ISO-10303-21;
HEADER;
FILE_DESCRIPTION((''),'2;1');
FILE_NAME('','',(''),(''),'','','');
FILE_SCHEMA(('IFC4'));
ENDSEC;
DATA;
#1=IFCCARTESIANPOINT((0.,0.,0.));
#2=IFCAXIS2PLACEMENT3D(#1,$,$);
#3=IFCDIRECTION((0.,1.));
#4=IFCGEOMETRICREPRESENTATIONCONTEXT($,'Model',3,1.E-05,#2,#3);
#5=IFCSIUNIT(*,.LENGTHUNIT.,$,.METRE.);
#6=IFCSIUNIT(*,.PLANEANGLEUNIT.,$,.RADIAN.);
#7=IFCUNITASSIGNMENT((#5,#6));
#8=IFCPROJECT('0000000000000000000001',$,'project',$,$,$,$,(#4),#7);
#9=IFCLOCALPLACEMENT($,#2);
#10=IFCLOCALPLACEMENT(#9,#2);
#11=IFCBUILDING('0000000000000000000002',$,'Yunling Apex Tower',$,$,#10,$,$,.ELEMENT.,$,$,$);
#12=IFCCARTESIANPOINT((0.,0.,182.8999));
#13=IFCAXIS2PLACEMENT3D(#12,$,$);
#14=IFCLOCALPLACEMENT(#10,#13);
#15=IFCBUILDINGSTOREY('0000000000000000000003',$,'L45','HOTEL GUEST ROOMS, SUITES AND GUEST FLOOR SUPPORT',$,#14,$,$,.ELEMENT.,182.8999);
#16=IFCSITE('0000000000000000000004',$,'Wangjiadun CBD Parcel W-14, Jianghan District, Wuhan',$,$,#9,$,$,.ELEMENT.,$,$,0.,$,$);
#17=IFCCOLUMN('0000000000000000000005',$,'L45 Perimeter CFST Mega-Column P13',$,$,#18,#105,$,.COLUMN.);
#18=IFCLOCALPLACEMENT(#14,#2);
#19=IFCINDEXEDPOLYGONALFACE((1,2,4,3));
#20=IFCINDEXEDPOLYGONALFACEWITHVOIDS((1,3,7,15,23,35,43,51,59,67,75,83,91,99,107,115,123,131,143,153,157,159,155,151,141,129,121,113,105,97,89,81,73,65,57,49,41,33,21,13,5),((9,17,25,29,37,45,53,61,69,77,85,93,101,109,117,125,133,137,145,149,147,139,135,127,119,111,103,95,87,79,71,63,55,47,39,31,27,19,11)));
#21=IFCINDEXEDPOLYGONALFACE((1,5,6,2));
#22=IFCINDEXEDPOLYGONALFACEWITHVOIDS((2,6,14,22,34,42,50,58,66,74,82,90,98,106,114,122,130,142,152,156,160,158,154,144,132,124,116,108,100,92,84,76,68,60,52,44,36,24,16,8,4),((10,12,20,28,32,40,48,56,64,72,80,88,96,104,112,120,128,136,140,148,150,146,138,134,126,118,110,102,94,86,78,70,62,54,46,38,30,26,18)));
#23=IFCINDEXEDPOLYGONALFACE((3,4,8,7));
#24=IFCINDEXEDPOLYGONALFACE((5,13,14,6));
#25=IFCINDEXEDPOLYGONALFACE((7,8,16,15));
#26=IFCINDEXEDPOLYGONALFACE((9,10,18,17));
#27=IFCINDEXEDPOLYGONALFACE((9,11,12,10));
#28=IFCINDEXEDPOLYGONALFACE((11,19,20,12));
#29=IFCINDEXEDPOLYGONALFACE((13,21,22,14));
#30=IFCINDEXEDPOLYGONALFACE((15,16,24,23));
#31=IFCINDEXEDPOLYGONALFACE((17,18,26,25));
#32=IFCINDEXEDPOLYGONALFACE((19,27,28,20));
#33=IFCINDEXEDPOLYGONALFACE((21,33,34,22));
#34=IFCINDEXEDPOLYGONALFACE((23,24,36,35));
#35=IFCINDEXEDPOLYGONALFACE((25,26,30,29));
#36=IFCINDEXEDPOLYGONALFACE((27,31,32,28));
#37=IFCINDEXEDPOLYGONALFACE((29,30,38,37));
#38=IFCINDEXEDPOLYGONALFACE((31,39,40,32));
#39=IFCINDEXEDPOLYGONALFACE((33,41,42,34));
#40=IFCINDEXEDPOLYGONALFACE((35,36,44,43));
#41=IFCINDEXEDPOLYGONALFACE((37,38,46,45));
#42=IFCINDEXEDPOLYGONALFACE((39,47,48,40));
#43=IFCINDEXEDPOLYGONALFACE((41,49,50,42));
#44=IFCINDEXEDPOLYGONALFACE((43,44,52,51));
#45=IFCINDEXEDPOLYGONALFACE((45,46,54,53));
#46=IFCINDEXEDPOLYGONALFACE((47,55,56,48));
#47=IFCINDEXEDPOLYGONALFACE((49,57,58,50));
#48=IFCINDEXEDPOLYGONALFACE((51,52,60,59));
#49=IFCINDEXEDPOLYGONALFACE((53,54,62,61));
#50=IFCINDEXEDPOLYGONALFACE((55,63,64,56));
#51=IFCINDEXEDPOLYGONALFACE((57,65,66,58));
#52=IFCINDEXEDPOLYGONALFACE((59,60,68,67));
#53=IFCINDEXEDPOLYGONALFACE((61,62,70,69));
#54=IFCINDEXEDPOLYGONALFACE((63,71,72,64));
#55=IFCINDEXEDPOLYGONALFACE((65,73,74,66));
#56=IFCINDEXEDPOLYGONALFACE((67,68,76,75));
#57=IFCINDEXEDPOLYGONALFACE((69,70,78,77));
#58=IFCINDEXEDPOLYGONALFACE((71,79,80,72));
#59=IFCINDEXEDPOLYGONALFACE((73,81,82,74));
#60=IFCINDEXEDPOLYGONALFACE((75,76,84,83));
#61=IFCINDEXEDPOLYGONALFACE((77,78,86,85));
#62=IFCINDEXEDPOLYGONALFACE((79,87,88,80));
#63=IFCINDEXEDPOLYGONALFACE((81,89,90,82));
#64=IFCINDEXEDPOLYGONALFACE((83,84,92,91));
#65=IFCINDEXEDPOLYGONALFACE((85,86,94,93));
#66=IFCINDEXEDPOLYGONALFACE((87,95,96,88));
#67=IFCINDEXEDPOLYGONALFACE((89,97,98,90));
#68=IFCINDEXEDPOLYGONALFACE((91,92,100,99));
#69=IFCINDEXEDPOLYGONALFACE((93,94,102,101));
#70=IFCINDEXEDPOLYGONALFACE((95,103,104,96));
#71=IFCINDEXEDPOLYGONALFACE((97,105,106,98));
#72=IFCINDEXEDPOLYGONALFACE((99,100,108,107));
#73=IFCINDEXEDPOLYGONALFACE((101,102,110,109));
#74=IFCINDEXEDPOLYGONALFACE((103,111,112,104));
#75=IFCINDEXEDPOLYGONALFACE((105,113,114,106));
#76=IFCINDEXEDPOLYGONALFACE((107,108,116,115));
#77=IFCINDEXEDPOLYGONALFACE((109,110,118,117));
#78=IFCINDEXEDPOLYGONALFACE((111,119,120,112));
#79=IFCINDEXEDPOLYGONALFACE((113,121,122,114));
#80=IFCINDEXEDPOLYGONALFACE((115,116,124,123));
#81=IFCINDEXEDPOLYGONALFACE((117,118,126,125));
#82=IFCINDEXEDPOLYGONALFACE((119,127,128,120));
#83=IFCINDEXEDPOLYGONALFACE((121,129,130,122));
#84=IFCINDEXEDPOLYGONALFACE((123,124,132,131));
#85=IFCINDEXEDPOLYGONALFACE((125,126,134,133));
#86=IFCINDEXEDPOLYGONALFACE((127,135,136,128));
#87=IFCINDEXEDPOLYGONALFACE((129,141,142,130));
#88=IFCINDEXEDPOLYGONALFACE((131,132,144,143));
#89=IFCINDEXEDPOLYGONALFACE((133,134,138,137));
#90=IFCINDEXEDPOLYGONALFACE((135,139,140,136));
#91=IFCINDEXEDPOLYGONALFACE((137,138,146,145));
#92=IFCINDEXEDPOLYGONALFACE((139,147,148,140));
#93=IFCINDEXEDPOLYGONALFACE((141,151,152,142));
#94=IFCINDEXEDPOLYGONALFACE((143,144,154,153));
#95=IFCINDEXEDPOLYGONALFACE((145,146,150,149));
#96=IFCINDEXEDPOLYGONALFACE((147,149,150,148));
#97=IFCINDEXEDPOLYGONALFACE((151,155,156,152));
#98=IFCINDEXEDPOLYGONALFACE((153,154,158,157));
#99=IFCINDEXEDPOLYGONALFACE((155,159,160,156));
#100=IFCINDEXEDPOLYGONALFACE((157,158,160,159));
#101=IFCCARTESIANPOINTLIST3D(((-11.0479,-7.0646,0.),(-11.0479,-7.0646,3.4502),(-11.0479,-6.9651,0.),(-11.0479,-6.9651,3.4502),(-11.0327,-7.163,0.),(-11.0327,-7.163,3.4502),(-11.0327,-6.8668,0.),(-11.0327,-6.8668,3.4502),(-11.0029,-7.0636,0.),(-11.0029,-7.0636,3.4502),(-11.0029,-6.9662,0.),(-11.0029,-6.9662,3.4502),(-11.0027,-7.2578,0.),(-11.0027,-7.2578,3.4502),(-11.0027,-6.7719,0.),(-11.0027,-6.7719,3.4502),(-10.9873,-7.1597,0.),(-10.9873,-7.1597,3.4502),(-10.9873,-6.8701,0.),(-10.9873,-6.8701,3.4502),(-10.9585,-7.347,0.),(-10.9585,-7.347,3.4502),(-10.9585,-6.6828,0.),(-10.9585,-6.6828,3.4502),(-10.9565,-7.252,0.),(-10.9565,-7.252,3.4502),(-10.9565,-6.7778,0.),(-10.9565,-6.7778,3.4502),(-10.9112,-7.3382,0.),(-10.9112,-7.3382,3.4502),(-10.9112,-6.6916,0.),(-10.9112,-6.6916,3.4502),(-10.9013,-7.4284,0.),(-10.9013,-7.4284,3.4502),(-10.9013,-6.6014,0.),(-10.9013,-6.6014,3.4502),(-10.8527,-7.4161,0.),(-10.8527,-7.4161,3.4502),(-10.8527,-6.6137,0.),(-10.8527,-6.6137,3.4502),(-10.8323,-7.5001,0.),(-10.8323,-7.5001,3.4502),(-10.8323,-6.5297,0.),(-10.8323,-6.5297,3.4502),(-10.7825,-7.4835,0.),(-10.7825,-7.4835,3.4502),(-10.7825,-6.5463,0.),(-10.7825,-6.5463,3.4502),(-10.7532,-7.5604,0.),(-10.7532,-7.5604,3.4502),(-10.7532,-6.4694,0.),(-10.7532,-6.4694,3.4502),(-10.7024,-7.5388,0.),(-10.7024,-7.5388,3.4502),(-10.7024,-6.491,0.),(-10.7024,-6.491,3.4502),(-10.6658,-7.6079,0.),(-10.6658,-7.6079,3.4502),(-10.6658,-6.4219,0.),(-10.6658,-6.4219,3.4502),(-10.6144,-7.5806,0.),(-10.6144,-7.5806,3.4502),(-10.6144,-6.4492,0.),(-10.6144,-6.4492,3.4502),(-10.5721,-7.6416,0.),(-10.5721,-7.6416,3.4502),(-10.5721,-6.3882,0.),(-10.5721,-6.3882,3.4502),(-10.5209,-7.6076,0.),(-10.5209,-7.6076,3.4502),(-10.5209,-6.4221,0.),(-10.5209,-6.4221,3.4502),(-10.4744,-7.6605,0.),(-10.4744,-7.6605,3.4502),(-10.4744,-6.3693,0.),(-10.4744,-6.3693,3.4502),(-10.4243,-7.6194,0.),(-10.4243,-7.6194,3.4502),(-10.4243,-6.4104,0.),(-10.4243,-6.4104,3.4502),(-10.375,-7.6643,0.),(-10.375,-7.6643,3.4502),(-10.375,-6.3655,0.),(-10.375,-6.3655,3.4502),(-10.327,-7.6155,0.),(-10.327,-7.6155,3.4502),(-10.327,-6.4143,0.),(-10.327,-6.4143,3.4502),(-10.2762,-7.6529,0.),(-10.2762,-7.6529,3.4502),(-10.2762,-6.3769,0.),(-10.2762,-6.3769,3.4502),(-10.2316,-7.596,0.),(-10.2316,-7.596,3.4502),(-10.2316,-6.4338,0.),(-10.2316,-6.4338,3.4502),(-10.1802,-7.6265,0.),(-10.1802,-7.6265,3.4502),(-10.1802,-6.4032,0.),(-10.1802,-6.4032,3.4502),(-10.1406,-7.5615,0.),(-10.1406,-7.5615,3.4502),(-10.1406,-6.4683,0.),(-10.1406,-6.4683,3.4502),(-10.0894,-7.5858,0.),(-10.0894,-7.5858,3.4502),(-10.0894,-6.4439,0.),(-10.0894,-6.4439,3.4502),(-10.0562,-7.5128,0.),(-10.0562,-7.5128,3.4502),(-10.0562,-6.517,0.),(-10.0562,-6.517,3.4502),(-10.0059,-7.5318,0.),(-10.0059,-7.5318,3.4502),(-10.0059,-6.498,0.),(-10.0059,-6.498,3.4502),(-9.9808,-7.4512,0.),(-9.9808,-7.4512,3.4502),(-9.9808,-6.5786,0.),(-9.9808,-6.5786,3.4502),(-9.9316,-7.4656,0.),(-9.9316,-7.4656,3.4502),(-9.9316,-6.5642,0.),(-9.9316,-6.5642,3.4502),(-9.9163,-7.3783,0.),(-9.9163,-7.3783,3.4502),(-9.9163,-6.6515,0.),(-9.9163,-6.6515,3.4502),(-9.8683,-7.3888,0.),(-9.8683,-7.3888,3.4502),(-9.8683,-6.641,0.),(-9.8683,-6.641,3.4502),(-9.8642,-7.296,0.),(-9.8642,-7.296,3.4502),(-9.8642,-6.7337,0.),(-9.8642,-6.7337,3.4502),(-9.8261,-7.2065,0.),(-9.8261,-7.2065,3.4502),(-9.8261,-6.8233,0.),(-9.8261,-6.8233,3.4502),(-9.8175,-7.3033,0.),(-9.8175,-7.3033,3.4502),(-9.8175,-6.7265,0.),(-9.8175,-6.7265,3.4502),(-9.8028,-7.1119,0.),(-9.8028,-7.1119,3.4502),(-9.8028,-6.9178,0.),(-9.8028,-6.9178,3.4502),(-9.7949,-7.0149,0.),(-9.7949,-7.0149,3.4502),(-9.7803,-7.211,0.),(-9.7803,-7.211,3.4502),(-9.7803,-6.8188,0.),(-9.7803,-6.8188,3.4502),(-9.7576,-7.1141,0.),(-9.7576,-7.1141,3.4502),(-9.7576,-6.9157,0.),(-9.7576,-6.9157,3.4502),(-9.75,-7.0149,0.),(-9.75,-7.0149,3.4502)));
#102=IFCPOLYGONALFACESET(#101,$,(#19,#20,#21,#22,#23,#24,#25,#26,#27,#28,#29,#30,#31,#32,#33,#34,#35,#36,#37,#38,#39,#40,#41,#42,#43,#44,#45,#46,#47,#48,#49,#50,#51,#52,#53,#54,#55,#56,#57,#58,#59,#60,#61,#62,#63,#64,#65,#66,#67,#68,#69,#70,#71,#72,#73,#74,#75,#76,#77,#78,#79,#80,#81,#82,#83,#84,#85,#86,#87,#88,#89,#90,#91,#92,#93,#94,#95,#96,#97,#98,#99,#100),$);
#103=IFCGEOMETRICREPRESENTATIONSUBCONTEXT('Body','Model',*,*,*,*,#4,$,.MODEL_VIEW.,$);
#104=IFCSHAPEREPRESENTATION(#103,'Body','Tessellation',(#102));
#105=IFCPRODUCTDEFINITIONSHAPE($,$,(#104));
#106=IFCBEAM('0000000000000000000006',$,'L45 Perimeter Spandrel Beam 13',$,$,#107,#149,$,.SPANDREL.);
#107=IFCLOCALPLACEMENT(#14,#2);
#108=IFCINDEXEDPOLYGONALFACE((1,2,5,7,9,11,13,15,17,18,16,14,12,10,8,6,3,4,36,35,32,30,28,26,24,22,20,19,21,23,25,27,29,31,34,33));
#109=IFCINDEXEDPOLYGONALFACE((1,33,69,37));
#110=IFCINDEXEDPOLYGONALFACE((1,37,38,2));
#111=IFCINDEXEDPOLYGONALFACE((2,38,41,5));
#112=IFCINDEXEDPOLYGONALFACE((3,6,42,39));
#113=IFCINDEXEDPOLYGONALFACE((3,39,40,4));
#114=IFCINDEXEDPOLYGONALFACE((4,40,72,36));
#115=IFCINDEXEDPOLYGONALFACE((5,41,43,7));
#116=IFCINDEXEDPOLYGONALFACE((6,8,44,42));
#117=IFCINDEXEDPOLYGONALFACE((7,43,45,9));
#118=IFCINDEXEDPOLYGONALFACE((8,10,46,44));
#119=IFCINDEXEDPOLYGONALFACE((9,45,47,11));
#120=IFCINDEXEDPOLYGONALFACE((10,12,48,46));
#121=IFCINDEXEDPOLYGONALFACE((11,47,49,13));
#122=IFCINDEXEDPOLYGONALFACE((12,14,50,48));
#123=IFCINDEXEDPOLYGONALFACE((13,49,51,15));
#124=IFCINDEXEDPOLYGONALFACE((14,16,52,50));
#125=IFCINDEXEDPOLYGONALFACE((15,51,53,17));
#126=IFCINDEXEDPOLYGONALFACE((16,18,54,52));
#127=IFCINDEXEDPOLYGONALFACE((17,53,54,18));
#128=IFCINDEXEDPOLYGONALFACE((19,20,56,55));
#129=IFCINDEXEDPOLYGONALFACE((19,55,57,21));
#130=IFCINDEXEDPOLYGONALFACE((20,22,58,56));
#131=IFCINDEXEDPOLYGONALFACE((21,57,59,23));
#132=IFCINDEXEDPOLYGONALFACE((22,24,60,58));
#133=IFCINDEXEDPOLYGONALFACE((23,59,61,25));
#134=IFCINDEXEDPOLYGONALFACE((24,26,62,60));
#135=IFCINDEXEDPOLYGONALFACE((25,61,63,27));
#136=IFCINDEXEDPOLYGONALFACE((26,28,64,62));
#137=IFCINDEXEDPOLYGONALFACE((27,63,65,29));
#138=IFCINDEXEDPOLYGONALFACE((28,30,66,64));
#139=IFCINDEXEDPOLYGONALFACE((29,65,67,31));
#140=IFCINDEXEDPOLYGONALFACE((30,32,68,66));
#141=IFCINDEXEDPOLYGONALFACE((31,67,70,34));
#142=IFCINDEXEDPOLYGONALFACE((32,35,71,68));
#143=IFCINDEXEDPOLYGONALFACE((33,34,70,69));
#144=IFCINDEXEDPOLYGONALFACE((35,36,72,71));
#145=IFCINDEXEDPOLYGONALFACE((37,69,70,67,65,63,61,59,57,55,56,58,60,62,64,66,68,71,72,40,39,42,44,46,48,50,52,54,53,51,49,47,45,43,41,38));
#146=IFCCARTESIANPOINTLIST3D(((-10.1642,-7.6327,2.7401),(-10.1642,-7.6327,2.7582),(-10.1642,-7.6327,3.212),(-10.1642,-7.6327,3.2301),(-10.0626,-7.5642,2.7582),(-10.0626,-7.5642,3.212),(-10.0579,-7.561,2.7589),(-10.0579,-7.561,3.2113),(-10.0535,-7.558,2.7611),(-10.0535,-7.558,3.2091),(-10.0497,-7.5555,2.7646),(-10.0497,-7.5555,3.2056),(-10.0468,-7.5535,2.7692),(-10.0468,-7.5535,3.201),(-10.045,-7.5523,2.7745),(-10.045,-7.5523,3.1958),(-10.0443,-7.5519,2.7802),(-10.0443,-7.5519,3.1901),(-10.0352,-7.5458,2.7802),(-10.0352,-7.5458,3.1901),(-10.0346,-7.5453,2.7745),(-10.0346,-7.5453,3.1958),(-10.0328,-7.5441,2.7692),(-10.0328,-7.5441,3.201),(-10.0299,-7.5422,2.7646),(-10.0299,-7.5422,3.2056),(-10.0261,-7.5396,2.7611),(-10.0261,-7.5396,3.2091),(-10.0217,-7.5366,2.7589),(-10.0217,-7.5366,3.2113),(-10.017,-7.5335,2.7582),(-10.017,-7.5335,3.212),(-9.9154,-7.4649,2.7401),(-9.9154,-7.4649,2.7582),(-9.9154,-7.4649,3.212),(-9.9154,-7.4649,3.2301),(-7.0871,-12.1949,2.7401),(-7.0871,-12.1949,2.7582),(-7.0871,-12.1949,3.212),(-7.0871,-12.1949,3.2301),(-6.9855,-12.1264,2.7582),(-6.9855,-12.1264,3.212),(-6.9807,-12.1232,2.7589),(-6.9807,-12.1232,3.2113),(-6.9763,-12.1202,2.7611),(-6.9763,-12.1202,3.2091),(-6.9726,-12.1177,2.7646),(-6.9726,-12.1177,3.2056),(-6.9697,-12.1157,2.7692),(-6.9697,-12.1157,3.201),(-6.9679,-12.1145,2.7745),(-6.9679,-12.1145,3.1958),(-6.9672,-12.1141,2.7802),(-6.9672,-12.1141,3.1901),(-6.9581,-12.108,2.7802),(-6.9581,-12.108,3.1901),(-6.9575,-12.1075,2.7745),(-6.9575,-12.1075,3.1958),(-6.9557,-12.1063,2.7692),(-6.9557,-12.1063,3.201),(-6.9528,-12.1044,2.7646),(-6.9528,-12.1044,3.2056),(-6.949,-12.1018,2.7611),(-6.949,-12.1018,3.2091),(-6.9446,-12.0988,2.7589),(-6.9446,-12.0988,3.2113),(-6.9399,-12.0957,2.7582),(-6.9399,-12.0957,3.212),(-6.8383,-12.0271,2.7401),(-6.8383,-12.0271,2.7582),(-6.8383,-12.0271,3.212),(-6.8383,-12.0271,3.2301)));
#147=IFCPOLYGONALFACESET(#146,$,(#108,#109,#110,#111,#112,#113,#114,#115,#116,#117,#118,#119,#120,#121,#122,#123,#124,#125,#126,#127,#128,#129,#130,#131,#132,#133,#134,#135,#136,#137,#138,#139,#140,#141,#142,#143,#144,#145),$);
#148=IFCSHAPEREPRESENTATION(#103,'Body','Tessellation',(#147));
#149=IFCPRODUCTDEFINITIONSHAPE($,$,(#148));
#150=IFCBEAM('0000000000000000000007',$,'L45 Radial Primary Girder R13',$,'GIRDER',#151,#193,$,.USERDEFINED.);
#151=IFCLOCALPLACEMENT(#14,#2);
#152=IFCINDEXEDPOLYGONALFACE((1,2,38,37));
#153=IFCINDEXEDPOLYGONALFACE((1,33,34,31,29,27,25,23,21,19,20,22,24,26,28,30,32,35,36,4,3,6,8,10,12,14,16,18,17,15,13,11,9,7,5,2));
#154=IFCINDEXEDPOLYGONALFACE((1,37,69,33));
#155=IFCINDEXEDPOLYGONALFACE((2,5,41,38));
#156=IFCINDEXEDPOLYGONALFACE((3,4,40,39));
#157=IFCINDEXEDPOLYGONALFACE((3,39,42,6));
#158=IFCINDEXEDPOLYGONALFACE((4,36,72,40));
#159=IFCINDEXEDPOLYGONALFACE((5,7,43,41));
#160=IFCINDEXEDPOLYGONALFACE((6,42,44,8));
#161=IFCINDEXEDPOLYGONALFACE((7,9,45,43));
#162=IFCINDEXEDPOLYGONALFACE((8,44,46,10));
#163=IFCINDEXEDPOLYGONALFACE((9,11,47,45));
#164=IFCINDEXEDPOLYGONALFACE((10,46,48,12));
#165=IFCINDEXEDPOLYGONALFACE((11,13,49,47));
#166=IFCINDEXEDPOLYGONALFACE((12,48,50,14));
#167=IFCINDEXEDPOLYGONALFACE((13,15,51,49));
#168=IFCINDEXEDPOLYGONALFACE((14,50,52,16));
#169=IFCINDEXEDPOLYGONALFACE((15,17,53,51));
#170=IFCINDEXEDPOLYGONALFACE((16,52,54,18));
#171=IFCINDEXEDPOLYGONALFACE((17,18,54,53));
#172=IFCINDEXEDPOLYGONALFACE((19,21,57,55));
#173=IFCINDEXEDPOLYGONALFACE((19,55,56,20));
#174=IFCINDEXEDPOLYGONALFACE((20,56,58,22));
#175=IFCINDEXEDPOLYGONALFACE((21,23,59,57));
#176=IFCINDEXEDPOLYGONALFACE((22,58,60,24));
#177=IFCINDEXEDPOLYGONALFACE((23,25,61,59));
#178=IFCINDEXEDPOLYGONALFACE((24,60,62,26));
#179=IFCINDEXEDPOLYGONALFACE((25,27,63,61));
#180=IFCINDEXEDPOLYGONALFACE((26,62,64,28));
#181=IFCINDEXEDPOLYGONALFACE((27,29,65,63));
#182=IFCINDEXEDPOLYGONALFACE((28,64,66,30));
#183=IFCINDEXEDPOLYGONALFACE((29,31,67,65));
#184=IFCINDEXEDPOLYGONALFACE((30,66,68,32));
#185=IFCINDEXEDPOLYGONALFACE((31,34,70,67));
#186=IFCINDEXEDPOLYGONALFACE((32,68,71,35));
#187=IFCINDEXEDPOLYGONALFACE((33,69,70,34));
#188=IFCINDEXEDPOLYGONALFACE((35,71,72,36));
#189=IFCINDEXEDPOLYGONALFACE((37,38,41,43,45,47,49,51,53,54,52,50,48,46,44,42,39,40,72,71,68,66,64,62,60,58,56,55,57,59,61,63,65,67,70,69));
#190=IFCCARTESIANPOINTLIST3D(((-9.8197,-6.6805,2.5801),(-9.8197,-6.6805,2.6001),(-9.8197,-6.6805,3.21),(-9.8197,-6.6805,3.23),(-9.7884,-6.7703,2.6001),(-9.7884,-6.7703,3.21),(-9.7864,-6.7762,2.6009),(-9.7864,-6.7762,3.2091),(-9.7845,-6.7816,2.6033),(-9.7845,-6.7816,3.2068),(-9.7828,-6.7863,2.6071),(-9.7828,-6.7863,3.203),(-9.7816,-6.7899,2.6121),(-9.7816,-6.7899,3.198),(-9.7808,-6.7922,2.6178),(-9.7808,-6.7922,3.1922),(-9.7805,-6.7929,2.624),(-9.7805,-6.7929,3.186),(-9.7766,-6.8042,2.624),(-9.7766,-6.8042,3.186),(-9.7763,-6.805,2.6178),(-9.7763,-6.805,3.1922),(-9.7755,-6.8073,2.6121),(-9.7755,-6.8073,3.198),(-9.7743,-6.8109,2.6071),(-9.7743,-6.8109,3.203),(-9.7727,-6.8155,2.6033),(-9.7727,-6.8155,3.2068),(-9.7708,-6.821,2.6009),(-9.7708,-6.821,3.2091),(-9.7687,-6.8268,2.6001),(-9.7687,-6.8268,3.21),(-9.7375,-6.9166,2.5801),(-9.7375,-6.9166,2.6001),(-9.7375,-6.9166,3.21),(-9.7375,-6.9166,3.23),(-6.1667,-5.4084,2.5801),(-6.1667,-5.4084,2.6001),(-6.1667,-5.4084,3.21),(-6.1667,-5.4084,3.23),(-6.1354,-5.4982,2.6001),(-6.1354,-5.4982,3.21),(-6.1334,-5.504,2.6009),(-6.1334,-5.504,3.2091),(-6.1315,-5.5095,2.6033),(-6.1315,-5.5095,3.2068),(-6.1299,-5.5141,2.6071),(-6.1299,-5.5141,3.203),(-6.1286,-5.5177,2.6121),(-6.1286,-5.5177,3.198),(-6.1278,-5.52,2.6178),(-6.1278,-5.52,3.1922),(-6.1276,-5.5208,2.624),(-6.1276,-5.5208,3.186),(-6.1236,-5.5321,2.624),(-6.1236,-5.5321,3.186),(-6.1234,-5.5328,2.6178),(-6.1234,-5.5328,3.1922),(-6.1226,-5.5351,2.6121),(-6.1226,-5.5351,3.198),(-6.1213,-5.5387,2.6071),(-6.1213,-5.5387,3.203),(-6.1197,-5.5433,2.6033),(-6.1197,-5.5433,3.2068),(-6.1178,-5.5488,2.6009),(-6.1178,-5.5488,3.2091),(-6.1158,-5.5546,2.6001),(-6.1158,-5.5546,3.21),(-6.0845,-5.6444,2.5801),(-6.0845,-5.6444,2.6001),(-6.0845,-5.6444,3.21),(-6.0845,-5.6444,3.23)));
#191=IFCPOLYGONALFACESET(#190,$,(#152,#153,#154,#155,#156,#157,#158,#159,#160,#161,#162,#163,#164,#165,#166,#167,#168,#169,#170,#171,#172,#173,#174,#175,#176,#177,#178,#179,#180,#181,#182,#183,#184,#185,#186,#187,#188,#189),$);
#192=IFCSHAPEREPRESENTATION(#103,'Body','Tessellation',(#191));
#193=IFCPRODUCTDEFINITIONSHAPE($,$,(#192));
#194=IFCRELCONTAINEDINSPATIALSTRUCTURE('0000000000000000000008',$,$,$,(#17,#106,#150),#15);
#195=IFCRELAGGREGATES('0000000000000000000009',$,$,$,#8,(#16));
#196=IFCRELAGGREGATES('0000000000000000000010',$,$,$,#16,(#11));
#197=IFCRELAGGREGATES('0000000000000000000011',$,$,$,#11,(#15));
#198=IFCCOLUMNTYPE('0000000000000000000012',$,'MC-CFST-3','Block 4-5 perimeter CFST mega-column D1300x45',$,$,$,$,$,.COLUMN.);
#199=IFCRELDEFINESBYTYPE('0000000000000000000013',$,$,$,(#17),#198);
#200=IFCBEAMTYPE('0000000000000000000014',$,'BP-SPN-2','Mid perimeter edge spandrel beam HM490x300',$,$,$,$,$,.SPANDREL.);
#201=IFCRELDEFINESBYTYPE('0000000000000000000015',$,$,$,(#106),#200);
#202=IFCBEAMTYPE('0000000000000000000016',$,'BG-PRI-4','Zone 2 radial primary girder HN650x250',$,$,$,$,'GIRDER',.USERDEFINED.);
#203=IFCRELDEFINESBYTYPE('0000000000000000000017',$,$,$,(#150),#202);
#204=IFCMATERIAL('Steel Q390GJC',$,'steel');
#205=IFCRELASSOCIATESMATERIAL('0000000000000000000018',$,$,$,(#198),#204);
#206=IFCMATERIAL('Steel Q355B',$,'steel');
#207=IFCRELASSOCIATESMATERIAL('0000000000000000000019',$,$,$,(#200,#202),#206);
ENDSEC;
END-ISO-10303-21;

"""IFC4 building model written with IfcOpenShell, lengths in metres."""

from ifc_helpers import new_model, si_unit, direction, frame, origin, origin_2d, place, context, subcontext, project, spatial, hollow_circle, i_section, extrude, source, transform, mapped, material, material_profile, profile_set, type_object, element, save


model = new_model("IFC4")

# Units and contexts
model_context = context("Model", 3, precision=1e-05, world=origin(), true_north=direction((0.0, 1.0)))
body_context = subcontext(model_context, "Body", "Model", "MODEL_VIEW")
ifc_project = project(units=[si_unit("LENGTHUNIT", "METRE"), si_unit("PLANEANGLEUNIT", "RADIAN")], contexts=[model_context])

# Site, building, storey
site_placement = place(None, origin())
site = spatial("IfcSite", under=ifc_project, at=site_placement, Name="Wangjiadun CBD Parcel W-14, Jianghan District, Wuhan", CompositionType="ELEMENT", RefElevation=0.0)
building_placement = place(site_placement, origin())
building = spatial("IfcBuilding", under=site, at=building_placement, Name="Yunling Apex Tower", CompositionType="ELEMENT")
storey_placement = place(building_placement, frame((0.0, 0.0, 182.8999)))
storey = spatial("IfcBuildingStorey", under=building, at=storey_placement, Name="L45", Description="HOTEL GUEST ROOMS, SUITES AND GUEST FLOOR SUPPORT", CompositionType="ELEMENT", Elevation=182.8999)

# Column
ifc_material_1 = material(Name="Steel Q390GJC", Category="steel")
ifc_material_profile_1 = material_profile(ifc_material_1, hollow_circle(Radius=0.6499, WallThickness=0.0449, at=origin_2d()))
ifc_profile_set_1 = profile_set([ifc_material_profile_1], Name="Steel Q390GJC")
column_type = type_object("IfcColumnType", Name="MC-CFST-3", Description="Block 4-5 perimeter CFST mega-column D1300x45", PredefinedType="COLUMN", material=ifc_profile_set_1)
shared_shape_1 = source(origin(), body_context, "Body", "SweptSolid", [
    extrude(hollow_circle(Radius=0.6499, WallThickness=0.0449, at=origin_2d()), origin(), (0.0, 0.0, 1.0), 3.4502),
])
column_placement = place(storey_placement, frame((-10.3999, -7.0149, 0.0), z_axis=(0.0, 0.0, 1.0), x_axis=(1.0, 0.0, 0.0)))
element("IfcColumn", 1, at=column_placement, inside=storey, type_object=column_type, Name="L45 Perimeter CFST Mega-Column P13", PredefinedType="COLUMN", context=body_context, shape_type="MappedRepresentation", body=[
    mapped(shared_shape_1, transform((0.0, 0.0, 0.0), scale=1.0)),
])

# Beams
ifc_material_2 = material(Name="Steel Q355B", Category="steel")
ifc_material_profile_2 = material_profile(ifc_material_2, i_section(OverallWidth=0.3, OverallDepth=0.49, WebThickness=0.011, FlangeThickness=0.0181, FilletRadius=0.022, at=origin_2d()))
ifc_profile_set_2 = profile_set([ifc_material_profile_2], Name="Steel Q355B")
beam_type_1 = type_object("IfcBeamType", Name="BP-SPN-2", Description="Mid perimeter edge spandrel beam HM490x300", PredefinedType="SPANDREL", material=ifc_profile_set_2)
shared_shape_2 = source(origin(), body_context, "Body", "SweptSolid", [
    extrude(i_section(OverallWidth=0.3, OverallDepth=0.49, WebThickness=0.011, FlangeThickness=0.0181, FilletRadius=0.022, at=origin_2d()), origin(), (0.0, 0.0, 1.0), 5.5029),
])
beam_1_placement = place(storey_placement, frame((-10.0398, -7.5488, 2.9851), z_axis=(0.559176, -0.829049, 0.0), x_axis=(0.829049, 0.559176, 0.0)))
element("IfcBeam", 2, at=beam_1_placement, inside=storey, type_object=beam_type_1, Name="L45 Perimeter Spandrel Beam 13", PredefinedType="SPANDREL", context=body_context, shape_type="MappedRepresentation", body=[
    mapped(shared_shape_2, transform((0.0, 0.0, 0.0), scale=1.0)),
])
ifc_material_profile_3 = material_profile(ifc_material_2, i_section(OverallWidth=0.25, OverallDepth=0.6499, WebThickness=0.012, FlangeThickness=0.02, FilletRadius=0.0239, at=origin_2d()))
ifc_profile_set_3 = profile_set([ifc_material_profile_3], Name="Steel Q355B")
beam_type_2 = type_object("IfcBeamType", Name="BG-PRI-4", Description="Zone 2 radial primary girder HN650x250", ElementType="GIRDER", PredefinedType="USERDEFINED", material=ifc_profile_set_3)
shared_shape_3 = source(origin(), body_context, "Body", "SweptSolid", [
    extrude(i_section(OverallWidth=0.25, OverallDepth=0.6499, WebThickness=0.012, FlangeThickness=0.02, FilletRadius=0.0239, at=origin_2d()), origin(), (0.0, 0.0, 1.0), 3.8682),
])
beam_2_placement = place(storey_placement, frame((-9.7786, -6.7986, 2.905), z_axis=(0.94437, 0.328885, 0.0), x_axis=(-0.328885, 0.94437, 0.0)))
element("IfcBeam", 3, at=beam_2_placement, inside=storey, type_object=beam_type_2, Name="L45 Radial Primary Girder R13", ObjectType="GIRDER", PredefinedType="USERDEFINED", context=body_context, shape_type="MappedRepresentation", body=[
    mapped(shared_shape_3, transform((0.0, 0.0, 0.0), scale=1.0)),
])

save(model, "model.ifc")
